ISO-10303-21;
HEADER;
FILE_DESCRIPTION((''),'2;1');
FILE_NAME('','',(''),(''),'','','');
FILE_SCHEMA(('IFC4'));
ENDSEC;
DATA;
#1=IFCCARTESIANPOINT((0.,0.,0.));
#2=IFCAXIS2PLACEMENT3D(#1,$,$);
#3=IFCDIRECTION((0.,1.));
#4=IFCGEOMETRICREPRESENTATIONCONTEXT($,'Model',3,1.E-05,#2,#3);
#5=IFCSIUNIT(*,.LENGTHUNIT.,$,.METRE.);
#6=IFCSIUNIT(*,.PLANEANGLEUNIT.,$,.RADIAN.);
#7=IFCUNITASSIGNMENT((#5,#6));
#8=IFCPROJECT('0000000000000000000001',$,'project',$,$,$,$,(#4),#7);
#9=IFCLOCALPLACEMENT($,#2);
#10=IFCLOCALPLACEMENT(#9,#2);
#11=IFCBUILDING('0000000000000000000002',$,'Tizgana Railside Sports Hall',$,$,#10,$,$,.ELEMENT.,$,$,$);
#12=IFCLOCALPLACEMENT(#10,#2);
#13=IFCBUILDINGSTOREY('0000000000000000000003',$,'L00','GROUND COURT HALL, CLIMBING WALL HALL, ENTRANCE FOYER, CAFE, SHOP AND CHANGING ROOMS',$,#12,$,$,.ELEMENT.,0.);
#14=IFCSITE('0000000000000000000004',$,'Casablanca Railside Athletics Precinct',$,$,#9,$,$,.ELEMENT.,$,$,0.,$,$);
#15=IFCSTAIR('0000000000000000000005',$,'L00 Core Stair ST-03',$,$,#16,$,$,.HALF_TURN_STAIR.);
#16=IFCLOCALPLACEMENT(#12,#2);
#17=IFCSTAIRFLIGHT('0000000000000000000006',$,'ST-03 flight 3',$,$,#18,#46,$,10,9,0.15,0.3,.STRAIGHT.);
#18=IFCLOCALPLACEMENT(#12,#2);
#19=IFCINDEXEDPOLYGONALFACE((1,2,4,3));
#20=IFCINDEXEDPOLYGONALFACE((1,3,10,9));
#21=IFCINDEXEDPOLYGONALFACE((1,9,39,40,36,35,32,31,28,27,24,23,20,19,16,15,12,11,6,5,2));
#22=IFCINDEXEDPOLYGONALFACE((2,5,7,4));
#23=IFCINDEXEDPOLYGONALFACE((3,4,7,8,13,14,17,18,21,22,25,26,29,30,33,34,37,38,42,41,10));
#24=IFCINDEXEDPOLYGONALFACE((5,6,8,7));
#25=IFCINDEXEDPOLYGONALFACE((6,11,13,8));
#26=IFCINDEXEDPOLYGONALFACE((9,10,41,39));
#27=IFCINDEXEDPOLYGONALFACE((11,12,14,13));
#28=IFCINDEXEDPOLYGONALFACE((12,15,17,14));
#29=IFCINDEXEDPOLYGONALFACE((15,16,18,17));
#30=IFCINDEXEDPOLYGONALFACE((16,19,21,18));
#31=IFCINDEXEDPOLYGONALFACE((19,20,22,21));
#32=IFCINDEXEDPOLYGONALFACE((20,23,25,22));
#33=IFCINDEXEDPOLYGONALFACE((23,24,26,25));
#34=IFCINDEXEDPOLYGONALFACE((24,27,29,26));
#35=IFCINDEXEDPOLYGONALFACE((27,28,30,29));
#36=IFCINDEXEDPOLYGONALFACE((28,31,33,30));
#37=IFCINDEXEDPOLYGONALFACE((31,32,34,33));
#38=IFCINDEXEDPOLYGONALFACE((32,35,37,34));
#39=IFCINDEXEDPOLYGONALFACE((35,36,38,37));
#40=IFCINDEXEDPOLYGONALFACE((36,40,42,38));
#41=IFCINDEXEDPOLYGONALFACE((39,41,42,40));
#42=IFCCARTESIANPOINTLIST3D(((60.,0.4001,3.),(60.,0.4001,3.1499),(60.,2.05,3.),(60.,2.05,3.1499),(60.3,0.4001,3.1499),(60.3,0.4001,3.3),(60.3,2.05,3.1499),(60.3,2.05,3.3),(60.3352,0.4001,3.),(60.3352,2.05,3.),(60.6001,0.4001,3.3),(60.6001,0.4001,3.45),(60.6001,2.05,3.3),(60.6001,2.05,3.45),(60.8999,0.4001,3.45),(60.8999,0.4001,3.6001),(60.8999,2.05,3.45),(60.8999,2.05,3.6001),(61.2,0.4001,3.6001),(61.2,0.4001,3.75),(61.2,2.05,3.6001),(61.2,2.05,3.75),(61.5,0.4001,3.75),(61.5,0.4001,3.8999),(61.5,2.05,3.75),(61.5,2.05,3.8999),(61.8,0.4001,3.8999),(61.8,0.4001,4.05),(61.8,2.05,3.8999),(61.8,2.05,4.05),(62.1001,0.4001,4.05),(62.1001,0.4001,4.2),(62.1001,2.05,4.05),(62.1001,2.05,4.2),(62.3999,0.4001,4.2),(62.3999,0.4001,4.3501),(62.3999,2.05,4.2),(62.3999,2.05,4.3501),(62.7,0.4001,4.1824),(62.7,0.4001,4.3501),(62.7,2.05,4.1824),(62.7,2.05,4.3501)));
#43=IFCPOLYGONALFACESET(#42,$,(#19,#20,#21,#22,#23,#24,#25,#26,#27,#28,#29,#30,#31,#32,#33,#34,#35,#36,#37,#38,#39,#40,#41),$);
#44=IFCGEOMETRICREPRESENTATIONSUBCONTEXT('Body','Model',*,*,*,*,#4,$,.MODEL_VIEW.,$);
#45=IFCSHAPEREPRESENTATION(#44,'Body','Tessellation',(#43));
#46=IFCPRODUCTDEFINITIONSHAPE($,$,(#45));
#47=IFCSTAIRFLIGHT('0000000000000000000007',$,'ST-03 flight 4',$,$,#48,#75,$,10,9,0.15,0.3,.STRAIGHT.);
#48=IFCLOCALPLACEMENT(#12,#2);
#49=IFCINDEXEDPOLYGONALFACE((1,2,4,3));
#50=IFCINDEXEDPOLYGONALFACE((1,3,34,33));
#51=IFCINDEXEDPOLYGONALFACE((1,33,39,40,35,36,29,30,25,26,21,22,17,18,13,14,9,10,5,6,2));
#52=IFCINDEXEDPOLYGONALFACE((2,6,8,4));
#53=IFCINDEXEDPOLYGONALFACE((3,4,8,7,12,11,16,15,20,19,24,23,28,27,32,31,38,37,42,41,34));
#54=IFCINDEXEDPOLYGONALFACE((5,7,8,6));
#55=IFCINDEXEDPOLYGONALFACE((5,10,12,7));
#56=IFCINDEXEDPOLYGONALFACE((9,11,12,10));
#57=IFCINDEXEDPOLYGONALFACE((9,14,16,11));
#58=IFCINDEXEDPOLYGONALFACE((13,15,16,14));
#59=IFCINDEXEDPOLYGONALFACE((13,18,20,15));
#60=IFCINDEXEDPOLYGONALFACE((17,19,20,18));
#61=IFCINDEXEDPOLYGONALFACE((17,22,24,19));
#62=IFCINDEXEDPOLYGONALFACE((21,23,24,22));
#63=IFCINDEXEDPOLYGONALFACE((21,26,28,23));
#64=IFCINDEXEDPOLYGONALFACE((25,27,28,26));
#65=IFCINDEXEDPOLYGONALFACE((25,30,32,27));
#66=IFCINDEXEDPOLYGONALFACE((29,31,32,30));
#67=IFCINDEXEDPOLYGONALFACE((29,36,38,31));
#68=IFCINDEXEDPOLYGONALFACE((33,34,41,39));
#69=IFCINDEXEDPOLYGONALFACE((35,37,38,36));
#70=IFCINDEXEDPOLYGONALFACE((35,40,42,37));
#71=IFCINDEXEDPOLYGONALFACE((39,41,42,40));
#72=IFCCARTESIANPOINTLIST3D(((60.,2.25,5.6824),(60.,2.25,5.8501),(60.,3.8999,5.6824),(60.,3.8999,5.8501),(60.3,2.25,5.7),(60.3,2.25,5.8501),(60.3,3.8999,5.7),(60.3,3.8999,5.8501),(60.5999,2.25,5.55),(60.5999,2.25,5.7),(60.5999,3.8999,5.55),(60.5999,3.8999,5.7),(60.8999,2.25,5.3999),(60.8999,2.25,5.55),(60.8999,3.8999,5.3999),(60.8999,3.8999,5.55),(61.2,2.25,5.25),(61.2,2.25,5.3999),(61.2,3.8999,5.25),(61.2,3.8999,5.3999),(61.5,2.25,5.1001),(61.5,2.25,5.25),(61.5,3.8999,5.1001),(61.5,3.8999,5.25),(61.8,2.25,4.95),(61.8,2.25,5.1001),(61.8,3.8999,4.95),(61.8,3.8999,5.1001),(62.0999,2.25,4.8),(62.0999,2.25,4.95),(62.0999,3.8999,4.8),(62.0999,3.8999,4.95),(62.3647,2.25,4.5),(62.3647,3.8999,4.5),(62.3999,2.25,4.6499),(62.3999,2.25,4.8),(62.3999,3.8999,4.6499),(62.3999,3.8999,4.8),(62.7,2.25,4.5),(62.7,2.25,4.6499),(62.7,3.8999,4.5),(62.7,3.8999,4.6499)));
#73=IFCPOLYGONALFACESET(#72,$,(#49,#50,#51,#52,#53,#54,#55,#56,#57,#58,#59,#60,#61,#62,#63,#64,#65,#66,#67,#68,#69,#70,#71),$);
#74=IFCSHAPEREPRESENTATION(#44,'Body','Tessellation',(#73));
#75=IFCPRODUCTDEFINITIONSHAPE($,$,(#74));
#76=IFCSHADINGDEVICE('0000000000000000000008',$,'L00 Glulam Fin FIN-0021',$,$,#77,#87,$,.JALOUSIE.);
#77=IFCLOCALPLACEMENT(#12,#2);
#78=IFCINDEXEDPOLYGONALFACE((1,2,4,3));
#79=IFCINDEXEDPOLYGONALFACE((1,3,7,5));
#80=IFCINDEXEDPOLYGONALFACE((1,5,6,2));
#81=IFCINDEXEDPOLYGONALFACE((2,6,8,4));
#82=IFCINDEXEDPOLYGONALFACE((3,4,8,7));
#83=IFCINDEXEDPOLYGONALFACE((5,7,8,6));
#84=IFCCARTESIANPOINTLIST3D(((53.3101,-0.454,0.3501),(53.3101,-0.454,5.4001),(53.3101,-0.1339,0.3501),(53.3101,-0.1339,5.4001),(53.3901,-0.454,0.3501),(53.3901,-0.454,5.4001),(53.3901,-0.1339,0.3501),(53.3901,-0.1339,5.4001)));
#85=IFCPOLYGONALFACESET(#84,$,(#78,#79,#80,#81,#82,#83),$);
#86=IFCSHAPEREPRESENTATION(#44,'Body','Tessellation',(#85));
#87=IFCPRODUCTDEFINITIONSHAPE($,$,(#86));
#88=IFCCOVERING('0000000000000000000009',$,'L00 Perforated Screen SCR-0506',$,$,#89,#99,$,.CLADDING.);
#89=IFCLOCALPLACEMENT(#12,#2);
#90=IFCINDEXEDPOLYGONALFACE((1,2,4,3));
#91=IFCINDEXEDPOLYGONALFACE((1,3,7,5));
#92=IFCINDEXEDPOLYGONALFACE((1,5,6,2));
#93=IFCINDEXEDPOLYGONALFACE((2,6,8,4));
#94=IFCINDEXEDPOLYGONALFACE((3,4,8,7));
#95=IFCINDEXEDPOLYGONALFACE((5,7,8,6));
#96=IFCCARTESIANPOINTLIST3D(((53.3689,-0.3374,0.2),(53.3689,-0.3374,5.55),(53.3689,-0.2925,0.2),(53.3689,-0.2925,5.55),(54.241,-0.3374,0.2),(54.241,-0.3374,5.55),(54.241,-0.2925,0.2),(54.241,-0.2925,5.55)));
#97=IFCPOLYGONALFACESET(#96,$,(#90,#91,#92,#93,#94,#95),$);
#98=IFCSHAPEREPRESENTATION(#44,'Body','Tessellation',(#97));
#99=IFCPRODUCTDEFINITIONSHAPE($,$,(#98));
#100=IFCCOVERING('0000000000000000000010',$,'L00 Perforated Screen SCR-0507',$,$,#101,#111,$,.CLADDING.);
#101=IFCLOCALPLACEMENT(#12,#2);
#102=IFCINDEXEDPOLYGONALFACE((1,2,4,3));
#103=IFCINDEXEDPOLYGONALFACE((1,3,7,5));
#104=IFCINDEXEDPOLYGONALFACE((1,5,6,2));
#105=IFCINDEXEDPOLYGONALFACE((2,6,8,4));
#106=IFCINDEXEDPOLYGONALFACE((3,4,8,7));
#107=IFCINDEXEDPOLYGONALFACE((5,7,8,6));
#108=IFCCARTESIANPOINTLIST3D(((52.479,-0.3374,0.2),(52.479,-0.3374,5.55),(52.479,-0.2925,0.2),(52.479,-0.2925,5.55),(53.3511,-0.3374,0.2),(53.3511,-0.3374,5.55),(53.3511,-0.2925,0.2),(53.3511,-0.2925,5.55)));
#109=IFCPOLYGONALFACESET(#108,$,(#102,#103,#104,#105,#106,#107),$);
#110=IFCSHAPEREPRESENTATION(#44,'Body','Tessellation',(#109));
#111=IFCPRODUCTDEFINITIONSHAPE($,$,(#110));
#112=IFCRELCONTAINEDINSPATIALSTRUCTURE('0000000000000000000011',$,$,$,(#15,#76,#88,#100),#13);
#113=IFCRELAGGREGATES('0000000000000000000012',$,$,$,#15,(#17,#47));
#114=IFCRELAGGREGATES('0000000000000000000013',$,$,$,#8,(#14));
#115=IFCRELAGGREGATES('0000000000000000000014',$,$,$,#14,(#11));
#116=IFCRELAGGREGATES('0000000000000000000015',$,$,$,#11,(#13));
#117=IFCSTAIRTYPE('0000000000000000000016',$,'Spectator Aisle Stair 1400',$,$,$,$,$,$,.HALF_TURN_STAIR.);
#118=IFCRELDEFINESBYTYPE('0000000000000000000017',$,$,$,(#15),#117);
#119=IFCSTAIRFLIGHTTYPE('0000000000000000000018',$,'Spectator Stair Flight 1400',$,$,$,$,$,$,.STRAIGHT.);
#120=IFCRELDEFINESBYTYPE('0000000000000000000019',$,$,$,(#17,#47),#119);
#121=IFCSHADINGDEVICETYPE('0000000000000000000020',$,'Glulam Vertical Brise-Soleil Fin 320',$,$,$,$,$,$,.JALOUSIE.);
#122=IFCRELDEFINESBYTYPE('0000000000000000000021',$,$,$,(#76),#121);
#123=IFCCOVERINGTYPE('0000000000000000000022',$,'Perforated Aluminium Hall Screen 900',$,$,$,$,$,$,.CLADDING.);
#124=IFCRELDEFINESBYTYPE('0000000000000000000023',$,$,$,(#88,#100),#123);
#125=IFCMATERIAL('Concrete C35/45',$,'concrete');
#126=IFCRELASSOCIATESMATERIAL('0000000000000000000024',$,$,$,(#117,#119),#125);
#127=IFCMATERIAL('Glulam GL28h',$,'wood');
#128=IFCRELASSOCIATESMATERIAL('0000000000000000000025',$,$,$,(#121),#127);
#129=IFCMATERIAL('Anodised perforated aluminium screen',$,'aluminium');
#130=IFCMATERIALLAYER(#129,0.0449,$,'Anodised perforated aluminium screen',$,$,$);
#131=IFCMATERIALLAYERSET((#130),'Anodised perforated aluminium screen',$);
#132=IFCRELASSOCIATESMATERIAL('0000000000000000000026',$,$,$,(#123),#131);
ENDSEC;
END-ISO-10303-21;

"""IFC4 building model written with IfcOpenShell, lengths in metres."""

from ifc_helpers import new_model, si_unit, direction, frame, origin, origin_2d, place, context, subcontext, project, spatial, polyline, rectangle, outline, extrude, material, layer, layer_set, type_object, element, aggregate, save


model = new_model("IFC4")

# Units and contexts
model_context = context("Model", 3, precision=1e-05, world=origin(), true_north=direction((0.0, 1.0)))
body_context = subcontext(model_context, "Body", "Model", "MODEL_VIEW")
ifc_project = project(units=[si_unit("LENGTHUNIT", "METRE"), si_unit("PLANEANGLEUNIT", "RADIAN")], contexts=[model_context])

# Site, building, storey
site_placement = place(None, origin())
site = spatial("IfcSite", under=ifc_project, at=site_placement, Name="Casablanca Railside Athletics Precinct", CompositionType="ELEMENT", RefElevation=0.0)
building_placement = place(site_placement, origin())
building = spatial("IfcBuilding", under=site, at=building_placement, Name="Tizgana Railside Sports Hall", CompositionType="ELEMENT")
storey_placement = place(building_placement, origin())
storey = spatial("IfcBuildingStorey", under=building, at=storey_placement, Name="L00", Description="GROUND COURT HALL, CLIMBING WALL HALL, ENTRANCE FOYER, CAFE, SHOP AND CHANGING ROOMS", CompositionType="ELEMENT", Elevation=0.0)

# Shared definitions
ifc_material_1 = material(Name="Concrete C35/45", Category="concrete")

# Stair, stair flights
stair_type = type_object("IfcStairType", Name="Spectator Aisle Stair 1400", PredefinedType="HALF_TURN_STAIR", material=ifc_material_1)
stair_placement = place(storey_placement, origin())
stair = element("IfcStair", 1, at=stair_placement, inside=storey, type_object=stair_type, Name="L00 Core Stair ST-03", PredefinedType="HALF_TURN_STAIR")
stair_flight_type = type_object("IfcStairFlightType", Name="Spectator Stair Flight 1400", PredefinedType="STRAIGHT", material=ifc_material_1)
stair_flight_1_placement = place(storey_placement, frame((60.0, 1.2251, 3.0), z_axis=(0.0, 0.0, 1.0), x_axis=(1.0, 0.0, 0.0)))
stair_flight_1 = element("IfcStairFlight", 2, at=stair_flight_1_placement, type_object=stair_flight_type, Name="ST-03 flight 3", NumberOfRisers=10, NumberOfTreads=9, PredefinedType="STRAIGHT", RiserHeight=0.15, TreadLength=0.3, context=body_context, shape_type="SweptSolid", body=[
    extrude(outline(polyline([(0.0, 0.0), (0.0, 0.1499), (0.3, 0.1499), (0.3, 0.3), (0.6001, 0.3), (0.6001, 0.45), (0.8999, 0.45), (0.8999, 0.6001), (1.2, 0.6001), (1.2, 0.75), (1.5, 0.75), (1.5, 0.8999), (1.8, 0.8999), (1.8, 1.05), (2.1001, 1.05), (2.1001, 1.2), (2.3999, 1.2), (2.3999, 1.3501), (2.7, 1.3501), (2.7, 1.5), (2.7, 1.1824), (0.3352, 0.0), (0.0, 0.0)])), frame((0.0, 0.825, 0.0), z_axis=(0.0, -1.0, 0.0), x_axis=(1.0, 0.0, 0.0)), (0.0, 0.0, 1.0), 1.6499),
])
stair_flight_2_placement = place(storey_placement, frame((62.7, 3.075, 4.5), z_axis=(0.0, 0.0, 1.0), x_axis=(-1.0, 0.0, 0.0)))
stair_flight_2 = element("IfcStairFlight", 3, at=stair_flight_2_placement, type_object=stair_flight_type, Name="ST-03 flight 4", NumberOfRisers=10, NumberOfTreads=9, PredefinedType="STRAIGHT", RiserHeight=0.15, TreadLength=0.3, context=body_context, shape_type="SweptSolid", body=[
    extrude(outline(polyline([(0.0, 0.0), (0.0, 0.1499), (0.3, 0.1499), (0.3, 0.3), (0.6001, 0.3), (0.6001, 0.45), (0.8999, 0.45), (0.8999, 0.6001), (1.2, 0.6001), (1.2, 0.75), (1.5, 0.75), (1.5, 0.8999), (1.8, 0.8999), (1.8, 1.05), (2.1001, 1.05), (2.1001, 1.2), (2.3999, 1.2), (2.3999, 1.3501), (2.7, 1.3501), (2.7, 1.5), (2.7, 1.1824), (0.3352, 0.0), (0.0, 0.0)])), frame((0.0, 0.825, 0.0), z_axis=(0.0, -1.0, 0.0), x_axis=(1.0, 0.0, 0.0)), (0.0, 0.0, 1.0), 1.6499),
])
aggregate(stair, [stair_flight_1, stair_flight_2])

# Shading device
ifc_material_2 = material(Name="Glulam GL28h", Category="wood")
shading_device_type = type_object("IfcShadingDeviceType", Name="Glulam Vertical Brise-Soleil Fin 320", PredefinedType="JALOUSIE", material=ifc_material_2)
shading_device_placement = place(storey_placement, frame((53.3501, -0.2939, 0.3501), z_axis=(0.0, 0.0, 1.0), x_axis=(-1.0, 0.0, 0.0)))
element("IfcShadingDevice", 4, at=shading_device_placement, inside=storey, type_object=shading_device_type, Name="L00 Glulam Fin FIN-0021", PredefinedType="JALOUSIE", context=body_context, shape_type="SweptSolid", body=[
    extrude(rectangle(XDim=0.0801, YDim=0.3201, at=origin_2d()), origin(), (0.0, 0.0, 1.0), 5.05),
])

# Coverings
ifc_material_3 = material(Name="Anodised perforated aluminium screen", Category="aluminium")
ifc_layer_1 = layer(ifc_material_3, 0.0449, Name="Anodised perforated aluminium screen")
ifc_layer_set_1 = layer_set([ifc_layer_1], Name="Anodised perforated aluminium screen")
covering_type = type_object("IfcCoveringType", Name="Perforated Aluminium Hall Screen 900", PredefinedType="CLADDING", material=ifc_layer_set_1)
for number, where, z_axis, x_axis, name in (
    (5, (53.8049, -0.3149, 0.2), (0.0, 0.0, 1.0), (-1.0, 0.0, 0.0), "L00 Perforated Screen SCR-0506"),
    (6, (52.915, -0.3149, 0.2), (0.0, 0.0, 1.0), (-1.0, 0.0, 0.0), "L00 Perforated Screen SCR-0507"),
):
    element("IfcCovering", number, at=place(storey_placement, frame(where, z_axis=z_axis, x_axis=x_axis)), inside=storey, type_object=covering_type, Name=name, PredefinedType="CLADDING", context=body_context, shape_type="SweptSolid", body=[
        extrude(rectangle(XDim=0.8721, YDim=0.0449, at=origin_2d()), origin(), (0.0, 0.0, 1.0), 5.3501),
    ])

save(model, "model.ifc")
